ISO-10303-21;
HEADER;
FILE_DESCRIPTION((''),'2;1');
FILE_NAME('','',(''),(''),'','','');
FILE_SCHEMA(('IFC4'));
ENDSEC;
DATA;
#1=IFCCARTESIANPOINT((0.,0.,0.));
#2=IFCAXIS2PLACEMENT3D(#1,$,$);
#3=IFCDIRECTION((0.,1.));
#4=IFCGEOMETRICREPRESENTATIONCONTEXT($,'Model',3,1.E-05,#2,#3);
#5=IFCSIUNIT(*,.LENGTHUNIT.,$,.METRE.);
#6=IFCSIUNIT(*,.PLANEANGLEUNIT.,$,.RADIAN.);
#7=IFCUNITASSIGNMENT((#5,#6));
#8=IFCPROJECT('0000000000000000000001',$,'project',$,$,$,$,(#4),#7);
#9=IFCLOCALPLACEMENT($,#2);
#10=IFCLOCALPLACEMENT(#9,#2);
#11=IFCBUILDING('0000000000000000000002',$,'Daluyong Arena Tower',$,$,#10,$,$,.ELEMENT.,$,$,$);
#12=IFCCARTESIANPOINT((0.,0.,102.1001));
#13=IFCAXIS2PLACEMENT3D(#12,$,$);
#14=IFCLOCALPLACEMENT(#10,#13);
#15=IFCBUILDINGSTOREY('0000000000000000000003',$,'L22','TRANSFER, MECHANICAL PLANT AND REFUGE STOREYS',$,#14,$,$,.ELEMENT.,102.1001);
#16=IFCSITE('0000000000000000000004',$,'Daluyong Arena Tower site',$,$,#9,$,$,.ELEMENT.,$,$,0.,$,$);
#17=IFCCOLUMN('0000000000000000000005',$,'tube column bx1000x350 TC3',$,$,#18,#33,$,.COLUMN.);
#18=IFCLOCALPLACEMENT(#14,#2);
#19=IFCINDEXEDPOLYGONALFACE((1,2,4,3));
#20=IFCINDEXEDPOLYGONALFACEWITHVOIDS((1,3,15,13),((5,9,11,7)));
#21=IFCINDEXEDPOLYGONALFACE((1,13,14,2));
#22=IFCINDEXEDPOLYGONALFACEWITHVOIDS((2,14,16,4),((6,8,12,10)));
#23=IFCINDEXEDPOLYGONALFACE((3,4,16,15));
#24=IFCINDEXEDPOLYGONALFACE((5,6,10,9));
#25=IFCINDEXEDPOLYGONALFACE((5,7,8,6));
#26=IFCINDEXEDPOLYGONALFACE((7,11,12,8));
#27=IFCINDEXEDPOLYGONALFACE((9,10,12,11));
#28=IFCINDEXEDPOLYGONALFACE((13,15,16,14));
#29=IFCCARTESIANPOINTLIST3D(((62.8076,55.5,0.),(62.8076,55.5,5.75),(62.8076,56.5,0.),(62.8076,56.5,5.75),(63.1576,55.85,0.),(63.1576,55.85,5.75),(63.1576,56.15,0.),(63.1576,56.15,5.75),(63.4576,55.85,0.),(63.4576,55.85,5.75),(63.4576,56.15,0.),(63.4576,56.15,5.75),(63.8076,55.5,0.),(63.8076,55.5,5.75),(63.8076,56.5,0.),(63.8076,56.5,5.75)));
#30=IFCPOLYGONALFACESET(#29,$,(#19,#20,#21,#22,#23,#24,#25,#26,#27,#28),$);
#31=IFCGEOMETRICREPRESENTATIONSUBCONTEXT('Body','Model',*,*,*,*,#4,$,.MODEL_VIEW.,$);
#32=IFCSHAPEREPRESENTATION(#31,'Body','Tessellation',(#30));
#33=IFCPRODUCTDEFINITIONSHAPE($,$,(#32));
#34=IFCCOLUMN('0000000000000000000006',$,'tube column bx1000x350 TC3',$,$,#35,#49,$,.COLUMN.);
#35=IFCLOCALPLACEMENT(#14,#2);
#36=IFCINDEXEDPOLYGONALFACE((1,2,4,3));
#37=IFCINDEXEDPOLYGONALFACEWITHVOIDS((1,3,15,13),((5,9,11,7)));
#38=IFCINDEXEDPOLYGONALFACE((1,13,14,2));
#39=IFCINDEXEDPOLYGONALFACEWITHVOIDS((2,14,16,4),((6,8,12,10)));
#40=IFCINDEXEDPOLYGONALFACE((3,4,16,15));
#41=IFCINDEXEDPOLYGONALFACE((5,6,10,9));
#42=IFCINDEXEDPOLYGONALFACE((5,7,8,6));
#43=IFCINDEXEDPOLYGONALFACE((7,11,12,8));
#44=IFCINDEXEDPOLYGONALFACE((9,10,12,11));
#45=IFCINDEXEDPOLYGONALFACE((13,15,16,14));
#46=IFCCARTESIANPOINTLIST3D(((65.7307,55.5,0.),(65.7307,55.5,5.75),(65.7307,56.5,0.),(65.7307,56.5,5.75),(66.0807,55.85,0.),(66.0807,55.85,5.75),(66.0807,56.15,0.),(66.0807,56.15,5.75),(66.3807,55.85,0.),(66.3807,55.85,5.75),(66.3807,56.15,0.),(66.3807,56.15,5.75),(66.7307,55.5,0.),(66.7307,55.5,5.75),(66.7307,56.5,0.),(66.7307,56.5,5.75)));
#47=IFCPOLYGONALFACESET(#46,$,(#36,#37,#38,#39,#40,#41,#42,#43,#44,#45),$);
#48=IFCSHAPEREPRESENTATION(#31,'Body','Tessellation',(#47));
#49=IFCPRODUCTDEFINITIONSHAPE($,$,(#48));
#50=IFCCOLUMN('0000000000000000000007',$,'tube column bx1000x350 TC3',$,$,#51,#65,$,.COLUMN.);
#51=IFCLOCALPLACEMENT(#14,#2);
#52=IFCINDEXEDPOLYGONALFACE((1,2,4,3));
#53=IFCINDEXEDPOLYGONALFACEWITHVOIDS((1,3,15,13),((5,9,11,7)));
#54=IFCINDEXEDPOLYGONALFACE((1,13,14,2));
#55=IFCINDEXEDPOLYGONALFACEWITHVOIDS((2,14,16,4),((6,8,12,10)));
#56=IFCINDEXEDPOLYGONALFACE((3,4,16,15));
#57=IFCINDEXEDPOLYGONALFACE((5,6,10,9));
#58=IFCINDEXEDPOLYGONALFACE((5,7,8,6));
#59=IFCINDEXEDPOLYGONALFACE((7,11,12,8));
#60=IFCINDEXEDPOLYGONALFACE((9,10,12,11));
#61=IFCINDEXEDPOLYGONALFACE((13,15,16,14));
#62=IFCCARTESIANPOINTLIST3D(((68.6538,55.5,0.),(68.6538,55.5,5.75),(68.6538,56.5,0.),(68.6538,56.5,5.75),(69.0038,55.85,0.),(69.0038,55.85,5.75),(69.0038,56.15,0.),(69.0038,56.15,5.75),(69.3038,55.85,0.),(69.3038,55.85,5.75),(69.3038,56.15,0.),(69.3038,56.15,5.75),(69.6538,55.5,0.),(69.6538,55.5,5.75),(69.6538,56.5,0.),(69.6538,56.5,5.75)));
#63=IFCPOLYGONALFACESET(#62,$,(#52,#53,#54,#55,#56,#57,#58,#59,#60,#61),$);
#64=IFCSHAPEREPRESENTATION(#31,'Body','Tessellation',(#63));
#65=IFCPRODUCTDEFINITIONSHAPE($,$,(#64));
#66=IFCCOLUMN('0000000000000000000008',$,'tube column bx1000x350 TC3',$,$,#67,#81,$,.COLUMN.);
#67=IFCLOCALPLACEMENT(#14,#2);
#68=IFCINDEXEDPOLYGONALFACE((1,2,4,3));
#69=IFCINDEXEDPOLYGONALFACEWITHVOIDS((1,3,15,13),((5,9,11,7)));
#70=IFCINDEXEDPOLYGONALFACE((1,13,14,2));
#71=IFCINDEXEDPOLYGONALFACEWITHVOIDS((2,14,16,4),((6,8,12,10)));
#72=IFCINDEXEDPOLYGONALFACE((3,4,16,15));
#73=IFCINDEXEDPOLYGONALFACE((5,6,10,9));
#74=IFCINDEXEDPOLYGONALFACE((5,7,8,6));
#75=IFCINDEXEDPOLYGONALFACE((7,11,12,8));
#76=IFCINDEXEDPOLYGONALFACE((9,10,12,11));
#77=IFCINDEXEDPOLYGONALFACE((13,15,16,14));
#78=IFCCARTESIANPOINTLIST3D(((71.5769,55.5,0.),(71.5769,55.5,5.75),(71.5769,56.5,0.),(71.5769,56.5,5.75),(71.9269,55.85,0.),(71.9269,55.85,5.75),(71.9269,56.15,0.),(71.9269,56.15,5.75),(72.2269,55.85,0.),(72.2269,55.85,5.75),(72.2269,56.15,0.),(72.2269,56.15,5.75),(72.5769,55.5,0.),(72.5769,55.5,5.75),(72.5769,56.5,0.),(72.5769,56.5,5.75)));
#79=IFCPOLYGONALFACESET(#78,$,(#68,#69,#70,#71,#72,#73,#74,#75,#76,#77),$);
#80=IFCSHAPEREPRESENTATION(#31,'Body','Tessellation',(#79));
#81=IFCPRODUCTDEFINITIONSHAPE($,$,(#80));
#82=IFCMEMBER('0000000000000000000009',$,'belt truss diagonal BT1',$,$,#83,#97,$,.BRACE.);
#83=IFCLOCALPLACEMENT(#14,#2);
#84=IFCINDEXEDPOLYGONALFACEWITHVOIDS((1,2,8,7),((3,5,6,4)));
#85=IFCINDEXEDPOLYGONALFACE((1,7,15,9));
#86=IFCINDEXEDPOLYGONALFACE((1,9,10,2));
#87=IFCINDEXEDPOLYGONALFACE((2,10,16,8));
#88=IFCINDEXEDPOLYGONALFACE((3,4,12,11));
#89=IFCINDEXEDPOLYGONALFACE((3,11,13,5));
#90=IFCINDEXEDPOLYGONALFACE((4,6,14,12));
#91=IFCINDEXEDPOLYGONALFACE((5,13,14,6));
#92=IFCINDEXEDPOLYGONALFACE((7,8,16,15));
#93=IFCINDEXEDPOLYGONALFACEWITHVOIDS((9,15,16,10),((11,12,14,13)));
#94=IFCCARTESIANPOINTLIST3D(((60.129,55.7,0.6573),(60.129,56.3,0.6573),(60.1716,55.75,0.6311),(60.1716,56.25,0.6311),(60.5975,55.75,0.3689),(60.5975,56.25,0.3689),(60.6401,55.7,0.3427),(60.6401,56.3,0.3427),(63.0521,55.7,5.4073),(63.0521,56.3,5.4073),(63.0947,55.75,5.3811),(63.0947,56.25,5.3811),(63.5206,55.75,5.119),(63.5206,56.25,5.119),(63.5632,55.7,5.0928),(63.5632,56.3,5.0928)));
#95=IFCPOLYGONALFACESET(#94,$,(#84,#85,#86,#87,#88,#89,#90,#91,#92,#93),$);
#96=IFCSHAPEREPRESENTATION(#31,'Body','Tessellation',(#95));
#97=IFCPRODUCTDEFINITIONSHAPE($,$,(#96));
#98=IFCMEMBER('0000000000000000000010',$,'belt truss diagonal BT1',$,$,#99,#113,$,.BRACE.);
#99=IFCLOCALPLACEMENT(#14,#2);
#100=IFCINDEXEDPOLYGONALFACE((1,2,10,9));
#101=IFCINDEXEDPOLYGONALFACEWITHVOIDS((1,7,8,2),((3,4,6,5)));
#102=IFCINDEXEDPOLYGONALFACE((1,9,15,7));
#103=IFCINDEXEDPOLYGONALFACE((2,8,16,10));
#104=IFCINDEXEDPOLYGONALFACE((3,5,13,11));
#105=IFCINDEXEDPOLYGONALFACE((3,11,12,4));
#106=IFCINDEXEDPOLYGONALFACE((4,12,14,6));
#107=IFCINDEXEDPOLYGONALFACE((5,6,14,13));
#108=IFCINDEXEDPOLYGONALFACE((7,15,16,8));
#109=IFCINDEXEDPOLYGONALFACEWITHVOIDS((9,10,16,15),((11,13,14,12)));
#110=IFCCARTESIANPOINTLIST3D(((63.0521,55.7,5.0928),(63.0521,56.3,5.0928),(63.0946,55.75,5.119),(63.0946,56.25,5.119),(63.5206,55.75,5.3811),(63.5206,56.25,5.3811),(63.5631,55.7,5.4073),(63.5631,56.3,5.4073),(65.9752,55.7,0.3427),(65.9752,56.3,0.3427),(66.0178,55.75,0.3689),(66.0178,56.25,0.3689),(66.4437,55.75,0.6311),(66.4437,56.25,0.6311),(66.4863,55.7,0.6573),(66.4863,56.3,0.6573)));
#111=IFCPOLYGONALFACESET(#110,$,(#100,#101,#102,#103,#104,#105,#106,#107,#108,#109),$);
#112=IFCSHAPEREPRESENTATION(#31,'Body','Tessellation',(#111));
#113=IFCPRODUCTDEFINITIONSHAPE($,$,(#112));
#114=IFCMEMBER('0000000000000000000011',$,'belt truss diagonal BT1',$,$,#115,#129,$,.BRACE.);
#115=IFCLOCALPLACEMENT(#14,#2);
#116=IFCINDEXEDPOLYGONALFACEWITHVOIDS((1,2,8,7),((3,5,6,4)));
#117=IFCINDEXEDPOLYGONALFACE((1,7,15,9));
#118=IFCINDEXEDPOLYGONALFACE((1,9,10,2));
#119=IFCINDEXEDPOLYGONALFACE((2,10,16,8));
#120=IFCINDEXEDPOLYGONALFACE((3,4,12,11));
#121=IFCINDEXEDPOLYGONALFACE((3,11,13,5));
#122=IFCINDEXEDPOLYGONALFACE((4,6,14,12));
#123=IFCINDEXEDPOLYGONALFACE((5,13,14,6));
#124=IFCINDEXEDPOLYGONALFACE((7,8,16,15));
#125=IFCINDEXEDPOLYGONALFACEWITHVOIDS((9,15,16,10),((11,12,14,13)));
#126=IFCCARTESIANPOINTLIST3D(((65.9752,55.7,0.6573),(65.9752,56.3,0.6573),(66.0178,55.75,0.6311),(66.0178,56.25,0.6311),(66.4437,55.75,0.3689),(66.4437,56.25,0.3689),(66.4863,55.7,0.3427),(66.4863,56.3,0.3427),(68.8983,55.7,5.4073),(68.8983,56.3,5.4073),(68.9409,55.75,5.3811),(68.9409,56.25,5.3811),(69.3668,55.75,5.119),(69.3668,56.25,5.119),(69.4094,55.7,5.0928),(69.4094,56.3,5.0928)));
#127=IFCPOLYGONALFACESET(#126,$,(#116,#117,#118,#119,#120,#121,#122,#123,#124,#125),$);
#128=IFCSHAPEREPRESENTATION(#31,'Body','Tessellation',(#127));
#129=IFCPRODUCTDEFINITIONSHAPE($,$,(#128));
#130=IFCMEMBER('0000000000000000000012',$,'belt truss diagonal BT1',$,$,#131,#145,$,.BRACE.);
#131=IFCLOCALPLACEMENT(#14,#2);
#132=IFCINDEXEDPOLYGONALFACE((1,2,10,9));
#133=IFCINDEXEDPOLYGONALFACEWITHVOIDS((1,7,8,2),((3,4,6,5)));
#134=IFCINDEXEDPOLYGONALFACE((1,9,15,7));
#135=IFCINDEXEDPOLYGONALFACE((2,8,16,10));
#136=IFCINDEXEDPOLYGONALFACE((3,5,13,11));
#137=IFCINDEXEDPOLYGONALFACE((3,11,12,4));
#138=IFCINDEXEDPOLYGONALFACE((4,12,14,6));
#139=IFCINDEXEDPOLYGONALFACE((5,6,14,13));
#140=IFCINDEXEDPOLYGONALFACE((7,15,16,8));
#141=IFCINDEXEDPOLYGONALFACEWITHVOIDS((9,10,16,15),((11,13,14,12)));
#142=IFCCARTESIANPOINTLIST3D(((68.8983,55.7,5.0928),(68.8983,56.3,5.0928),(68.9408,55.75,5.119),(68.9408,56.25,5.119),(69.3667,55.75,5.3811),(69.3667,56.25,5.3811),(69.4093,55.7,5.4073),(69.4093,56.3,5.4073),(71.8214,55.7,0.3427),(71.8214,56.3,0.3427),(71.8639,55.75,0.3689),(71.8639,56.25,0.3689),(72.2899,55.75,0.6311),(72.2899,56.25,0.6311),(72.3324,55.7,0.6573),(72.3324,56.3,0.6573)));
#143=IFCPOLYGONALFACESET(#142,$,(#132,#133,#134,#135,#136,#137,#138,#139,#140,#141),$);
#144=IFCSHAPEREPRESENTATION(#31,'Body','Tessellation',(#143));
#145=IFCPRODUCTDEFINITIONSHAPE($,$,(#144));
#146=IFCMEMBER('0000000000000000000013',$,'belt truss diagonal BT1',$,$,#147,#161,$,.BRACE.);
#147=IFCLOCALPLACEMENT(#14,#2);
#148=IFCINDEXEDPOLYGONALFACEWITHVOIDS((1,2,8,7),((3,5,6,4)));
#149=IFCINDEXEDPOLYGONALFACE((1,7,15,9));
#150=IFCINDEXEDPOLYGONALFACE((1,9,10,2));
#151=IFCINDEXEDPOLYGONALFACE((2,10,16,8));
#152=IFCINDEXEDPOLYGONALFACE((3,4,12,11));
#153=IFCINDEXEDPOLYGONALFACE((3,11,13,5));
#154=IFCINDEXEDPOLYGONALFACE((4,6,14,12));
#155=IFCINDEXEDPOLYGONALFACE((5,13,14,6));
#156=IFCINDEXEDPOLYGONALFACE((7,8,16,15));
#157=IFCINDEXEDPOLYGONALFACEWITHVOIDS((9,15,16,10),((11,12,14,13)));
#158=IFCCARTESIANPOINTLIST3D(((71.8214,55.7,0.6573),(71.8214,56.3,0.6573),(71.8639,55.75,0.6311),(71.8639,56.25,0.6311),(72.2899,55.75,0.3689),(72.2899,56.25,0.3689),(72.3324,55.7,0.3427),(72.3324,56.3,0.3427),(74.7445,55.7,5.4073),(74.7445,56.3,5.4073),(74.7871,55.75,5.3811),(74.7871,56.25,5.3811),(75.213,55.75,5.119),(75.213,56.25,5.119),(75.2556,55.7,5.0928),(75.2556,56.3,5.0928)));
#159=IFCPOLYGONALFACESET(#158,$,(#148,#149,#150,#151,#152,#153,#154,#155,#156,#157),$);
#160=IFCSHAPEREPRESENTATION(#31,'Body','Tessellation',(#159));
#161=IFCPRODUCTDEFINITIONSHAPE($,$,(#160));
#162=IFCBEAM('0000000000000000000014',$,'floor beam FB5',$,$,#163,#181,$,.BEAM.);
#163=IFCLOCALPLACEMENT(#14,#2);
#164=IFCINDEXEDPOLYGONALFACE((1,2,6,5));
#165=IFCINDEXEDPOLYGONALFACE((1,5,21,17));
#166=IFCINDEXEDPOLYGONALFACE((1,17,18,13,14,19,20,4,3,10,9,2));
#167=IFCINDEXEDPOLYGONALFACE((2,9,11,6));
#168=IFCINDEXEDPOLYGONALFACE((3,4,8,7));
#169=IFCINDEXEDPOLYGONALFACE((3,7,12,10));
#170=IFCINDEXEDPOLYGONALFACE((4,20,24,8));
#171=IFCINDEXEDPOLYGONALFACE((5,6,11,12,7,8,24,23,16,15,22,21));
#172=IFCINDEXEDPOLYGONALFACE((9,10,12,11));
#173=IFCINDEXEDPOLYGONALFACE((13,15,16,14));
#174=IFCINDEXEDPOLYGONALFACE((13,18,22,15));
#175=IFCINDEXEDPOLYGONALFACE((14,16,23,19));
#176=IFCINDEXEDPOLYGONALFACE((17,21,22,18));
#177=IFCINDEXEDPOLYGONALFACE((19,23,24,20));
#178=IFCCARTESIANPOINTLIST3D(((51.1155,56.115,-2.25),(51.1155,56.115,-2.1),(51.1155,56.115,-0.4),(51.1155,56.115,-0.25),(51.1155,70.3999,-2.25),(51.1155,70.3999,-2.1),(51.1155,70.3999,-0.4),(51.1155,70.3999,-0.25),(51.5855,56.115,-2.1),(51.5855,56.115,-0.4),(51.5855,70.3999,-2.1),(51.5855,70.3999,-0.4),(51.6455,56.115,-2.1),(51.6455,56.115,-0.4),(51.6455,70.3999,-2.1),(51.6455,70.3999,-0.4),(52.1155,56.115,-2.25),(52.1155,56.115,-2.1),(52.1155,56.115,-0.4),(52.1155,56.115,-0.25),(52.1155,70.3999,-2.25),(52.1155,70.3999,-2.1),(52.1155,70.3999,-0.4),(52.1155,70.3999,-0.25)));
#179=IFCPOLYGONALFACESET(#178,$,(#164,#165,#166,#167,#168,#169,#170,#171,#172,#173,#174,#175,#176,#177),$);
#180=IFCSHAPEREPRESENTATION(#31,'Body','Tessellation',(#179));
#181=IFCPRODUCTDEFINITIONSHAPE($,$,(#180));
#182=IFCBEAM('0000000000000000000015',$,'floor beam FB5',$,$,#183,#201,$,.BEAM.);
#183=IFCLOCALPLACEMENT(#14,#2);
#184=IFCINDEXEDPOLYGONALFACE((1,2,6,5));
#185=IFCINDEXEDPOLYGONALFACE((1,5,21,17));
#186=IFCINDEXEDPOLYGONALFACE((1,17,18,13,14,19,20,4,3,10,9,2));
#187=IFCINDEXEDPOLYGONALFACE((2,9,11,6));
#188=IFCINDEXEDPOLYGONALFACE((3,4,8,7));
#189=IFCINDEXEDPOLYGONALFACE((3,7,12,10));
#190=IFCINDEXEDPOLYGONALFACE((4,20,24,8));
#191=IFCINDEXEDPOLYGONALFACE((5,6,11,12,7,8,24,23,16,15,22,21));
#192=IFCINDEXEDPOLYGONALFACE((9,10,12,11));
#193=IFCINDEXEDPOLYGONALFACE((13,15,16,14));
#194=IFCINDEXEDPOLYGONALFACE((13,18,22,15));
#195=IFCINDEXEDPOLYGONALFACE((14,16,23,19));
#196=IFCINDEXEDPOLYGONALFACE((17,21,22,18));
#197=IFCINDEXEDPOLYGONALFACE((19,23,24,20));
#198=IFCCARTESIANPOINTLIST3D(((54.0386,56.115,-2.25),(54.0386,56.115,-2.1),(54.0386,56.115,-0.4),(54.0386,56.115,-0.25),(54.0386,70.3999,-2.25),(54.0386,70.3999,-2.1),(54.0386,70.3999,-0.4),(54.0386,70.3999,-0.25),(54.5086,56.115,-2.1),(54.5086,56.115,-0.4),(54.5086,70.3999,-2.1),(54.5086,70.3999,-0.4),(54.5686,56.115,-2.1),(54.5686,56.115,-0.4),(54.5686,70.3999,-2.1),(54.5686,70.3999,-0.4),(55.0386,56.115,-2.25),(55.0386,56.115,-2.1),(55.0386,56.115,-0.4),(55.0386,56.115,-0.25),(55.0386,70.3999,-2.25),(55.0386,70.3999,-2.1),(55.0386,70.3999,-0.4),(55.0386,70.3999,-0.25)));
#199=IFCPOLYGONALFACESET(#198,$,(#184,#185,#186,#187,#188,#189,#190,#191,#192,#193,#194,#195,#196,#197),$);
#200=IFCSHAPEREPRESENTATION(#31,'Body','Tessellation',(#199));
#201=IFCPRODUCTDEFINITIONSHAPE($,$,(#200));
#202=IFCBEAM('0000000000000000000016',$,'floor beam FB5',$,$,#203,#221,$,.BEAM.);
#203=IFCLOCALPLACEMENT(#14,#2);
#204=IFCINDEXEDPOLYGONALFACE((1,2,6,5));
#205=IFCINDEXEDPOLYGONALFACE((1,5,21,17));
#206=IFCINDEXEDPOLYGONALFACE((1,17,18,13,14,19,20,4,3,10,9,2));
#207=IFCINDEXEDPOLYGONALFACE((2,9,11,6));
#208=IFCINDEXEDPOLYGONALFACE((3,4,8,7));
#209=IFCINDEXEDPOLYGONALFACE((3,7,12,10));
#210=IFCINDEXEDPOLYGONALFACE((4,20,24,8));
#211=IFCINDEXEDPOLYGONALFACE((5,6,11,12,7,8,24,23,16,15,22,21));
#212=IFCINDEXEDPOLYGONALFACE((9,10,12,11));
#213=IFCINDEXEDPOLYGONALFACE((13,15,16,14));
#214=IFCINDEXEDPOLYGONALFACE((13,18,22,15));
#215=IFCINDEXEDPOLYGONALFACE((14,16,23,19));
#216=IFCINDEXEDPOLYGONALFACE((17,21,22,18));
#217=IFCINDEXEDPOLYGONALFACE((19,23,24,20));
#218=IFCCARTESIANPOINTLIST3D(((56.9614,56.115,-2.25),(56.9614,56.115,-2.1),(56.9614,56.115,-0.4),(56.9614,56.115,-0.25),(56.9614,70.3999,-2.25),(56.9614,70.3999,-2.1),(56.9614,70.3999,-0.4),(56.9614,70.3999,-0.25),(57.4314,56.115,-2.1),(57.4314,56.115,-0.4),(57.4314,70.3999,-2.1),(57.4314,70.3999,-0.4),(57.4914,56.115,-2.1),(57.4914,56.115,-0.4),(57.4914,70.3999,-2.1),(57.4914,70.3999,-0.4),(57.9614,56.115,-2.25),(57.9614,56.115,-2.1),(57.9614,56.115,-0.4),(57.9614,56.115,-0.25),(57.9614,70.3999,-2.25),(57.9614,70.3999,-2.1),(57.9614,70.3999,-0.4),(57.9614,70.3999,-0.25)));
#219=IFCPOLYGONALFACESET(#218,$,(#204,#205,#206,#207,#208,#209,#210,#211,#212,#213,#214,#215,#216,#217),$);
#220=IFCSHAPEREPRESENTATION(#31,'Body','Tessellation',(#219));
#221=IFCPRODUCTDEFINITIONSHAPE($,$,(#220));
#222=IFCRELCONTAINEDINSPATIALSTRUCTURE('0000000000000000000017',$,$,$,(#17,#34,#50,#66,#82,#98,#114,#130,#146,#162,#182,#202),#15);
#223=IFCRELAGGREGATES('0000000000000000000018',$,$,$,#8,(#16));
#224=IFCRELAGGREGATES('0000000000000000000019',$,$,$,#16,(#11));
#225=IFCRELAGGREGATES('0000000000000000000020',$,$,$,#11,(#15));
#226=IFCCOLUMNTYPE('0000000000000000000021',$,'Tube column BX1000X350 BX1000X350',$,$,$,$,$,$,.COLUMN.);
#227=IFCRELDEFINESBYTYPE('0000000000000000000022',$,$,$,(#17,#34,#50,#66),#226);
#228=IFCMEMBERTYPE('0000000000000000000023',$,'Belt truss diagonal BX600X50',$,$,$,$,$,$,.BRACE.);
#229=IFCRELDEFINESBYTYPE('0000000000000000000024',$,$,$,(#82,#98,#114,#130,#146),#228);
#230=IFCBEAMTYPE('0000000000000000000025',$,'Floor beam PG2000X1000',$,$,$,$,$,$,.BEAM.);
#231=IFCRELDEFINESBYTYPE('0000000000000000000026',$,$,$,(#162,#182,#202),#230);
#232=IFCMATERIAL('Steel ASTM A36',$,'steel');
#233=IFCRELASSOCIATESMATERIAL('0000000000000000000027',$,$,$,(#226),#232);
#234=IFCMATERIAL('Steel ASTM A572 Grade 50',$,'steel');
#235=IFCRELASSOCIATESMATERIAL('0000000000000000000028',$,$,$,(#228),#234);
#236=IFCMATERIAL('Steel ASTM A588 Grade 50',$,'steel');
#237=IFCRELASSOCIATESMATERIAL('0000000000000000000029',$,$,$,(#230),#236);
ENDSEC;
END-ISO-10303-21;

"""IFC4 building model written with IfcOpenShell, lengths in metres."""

from ifc_helpers import new_model, si_unit, direction, frame, origin, origin_2d, place, context, subcontext, project, spatial, hollow_rectangle, i_section, extrude, material, material_profile, profile_set, type_object, element, save


model = new_model("IFC4")

# Units and contexts
model_context = context("Model", 3, precision=1e-05, world=origin(), true_north=direction((0.0, 1.0)))
body_context = subcontext(model_context, "Body", "Model", "MODEL_VIEW")
ifc_project = project(units=[si_unit("LENGTHUNIT", "METRE"), si_unit("PLANEANGLEUNIT", "RADIAN")], contexts=[model_context])

# Site, building, storey
site_placement = place(None, origin())
site = spatial("IfcSite", under=ifc_project, at=site_placement, Name="Daluyong Arena Tower site", CompositionType="ELEMENT", RefElevation=0.0)
building_placement = place(site_placement, origin())
building = spatial("IfcBuilding", under=site, at=building_placement, Name="Daluyong Arena Tower", CompositionType="ELEMENT")
storey_placement = place(building_placement, frame((0.0, 0.0, 102.1001)))
storey = spatial("IfcBuildingStorey", under=building, at=storey_placement, Name="L22", Description="TRANSFER, MECHANICAL PLANT AND REFUGE STOREYS", CompositionType="ELEMENT", Elevation=102.1001)

# Columns
ifc_material_1 = material(Name="Steel ASTM A36", Category="steel")
ifc_material_profile_1 = material_profile(ifc_material_1, hollow_rectangle(XDim=1.0, YDim=1.0, WallThickness=0.35, at=origin_2d()))
ifc_profile_set_1 = profile_set([ifc_material_profile_1], Name="Steel ASTM A36")
column_type = type_object("IfcColumnType", Name="Tube column BX1000X350 BX1000X350", PredefinedType="COLUMN", material=ifc_profile_set_1)
for number, where, z_axis, x_axis, name in (
    (1, (63.3076, 56.0, 0.0), (0.0, 0.0, 1.0), (1.0, 0.0, 0.0), "tube column bx1000x350 TC3"),
    (2, (66.2307, 56.0, 0.0), (0.0, 0.0, 1.0), (1.0, 0.0, 0.0), "tube column bx1000x350 TC3"),
    (3, (69.1538, 56.0, 0.0), (0.0, 0.0, 1.0), (1.0, 0.0, 0.0), "tube column bx1000x350 TC3"),
    (4, (72.0769, 56.0, 0.0), (0.0, 0.0, 1.0), (1.0, 0.0, 0.0), "tube column bx1000x350 TC3"),
):
    element("IfcColumn", number, at=place(storey_placement, frame(where, z_axis=z_axis, x_axis=x_axis)), inside=storey, type_object=column_type, Name=name, PredefinedType="COLUMN", context=body_context, shape_type="SweptSolid", body=[
        extrude(hollow_rectangle(XDim=1.0, YDim=1.0, WallThickness=0.35, at=origin_2d()), origin(), (0.0, 0.0, 1.0), 5.75),
    ])

# Members
ifc_material_2 = material(Name="Steel ASTM A572 Grade 50", Category="steel")
ifc_material_profile_2 = material_profile(ifc_material_2, hollow_rectangle(XDim=0.6001, YDim=0.6001, WallThickness=0.05, at=origin_2d()))
ifc_profile_set_2 = profile_set([ifc_material_profile_2], Name="Steel ASTM A572 Grade 50")
member_type = type_object("IfcMemberType", Name="Belt truss diagonal BX600X50", PredefinedType="BRACE", material=ifc_profile_set_2)
for number, where, z_axis, x_axis, name in (
    (5, (60.3845, 56.0, 0.5), (0.5241, 0.0, 0.851657), (0.0, 1.0, 0.0), "belt truss diagonal BT1"),
    (6, (66.2307, 56.0, 0.5), (-0.5241, 0.0, 0.851657), (0.0, -1.0, 0.0), "belt truss diagonal BT1"),
    (7, (66.2307, 56.0, 0.5), (0.5241, 0.0, 0.851657), (0.0, 1.0, 0.0), "belt truss diagonal BT1"),
    (8, (72.0769, 56.0, 0.5), (-0.5241, 0.0, 0.851657), (0.0, -1.0, 0.0), "belt truss diagonal BT1"),
    (9, (72.0769, 56.0, 0.5), (0.5241, 0.0, 0.851657), (0.0, 1.0, 0.0), "belt truss diagonal BT1"),
):
    element("IfcMember", number, at=place(storey_placement, frame(where, z_axis=z_axis, x_axis=x_axis)), inside=storey, type_object=member_type, Name=name, PredefinedType="BRACE", context=body_context, shape_type="SweptSolid", body=[
        extrude(hollow_rectangle(XDim=0.6001, YDim=0.6001, WallThickness=0.05, at=origin_2d()), origin(), (0.0, 0.0, 1.0), 5.5774),
    ])

# Beams
ifc_material_3 = material(Name="Steel ASTM A588 Grade 50", Category="steel")
ifc_material_profile_3 = material_profile(ifc_material_3, i_section(OverallWidth=1.0, OverallDepth=2.0, WebThickness=0.06, FlangeThickness=0.15, at=origin_2d()))
ifc_profile_set_3 = profile_set([ifc_material_profile_3], Name="Steel ASTM A588 Grade 50")
beam_type_1 = type_object("IfcBeamType", Name="Floor beam PG2000X1000", PredefinedType="BEAM", material=ifc_profile_set_3)
for number, where, z_axis, x_axis, name in (
    (10, (51.6155, 56.115, -1.25), (0.0, 1.0, 0.0), (-1.0, 0.0, 0.0), "floor beam FB5"),
    (11, (54.5386, 56.115, -1.25), (0.0, 1.0, 0.0), (-1.0, 0.0, 0.0), "floor beam FB5"),
    (12, (57.4614, 56.115, -1.25), (0.0, 1.0, 0.0), (-1.0, 0.0, 0.0), "floor beam FB5"),
):
    element("IfcBeam", number, at=place(storey_placement, frame(where, z_axis=z_axis, x_axis=x_axis)), inside=storey, type_object=beam_type_1, Name=name, PredefinedType="BEAM", context=body_context, shape_type="SweptSolid", body=[
        extrude(i_section(OverallWidth=1.0, OverallDepth=2.0, WebThickness=0.06, FlangeThickness=0.15, at=origin_2d()), origin(), (0.0, 0.0, 1.0), 14.2849),
    ])

save(model, "model.ifc")
